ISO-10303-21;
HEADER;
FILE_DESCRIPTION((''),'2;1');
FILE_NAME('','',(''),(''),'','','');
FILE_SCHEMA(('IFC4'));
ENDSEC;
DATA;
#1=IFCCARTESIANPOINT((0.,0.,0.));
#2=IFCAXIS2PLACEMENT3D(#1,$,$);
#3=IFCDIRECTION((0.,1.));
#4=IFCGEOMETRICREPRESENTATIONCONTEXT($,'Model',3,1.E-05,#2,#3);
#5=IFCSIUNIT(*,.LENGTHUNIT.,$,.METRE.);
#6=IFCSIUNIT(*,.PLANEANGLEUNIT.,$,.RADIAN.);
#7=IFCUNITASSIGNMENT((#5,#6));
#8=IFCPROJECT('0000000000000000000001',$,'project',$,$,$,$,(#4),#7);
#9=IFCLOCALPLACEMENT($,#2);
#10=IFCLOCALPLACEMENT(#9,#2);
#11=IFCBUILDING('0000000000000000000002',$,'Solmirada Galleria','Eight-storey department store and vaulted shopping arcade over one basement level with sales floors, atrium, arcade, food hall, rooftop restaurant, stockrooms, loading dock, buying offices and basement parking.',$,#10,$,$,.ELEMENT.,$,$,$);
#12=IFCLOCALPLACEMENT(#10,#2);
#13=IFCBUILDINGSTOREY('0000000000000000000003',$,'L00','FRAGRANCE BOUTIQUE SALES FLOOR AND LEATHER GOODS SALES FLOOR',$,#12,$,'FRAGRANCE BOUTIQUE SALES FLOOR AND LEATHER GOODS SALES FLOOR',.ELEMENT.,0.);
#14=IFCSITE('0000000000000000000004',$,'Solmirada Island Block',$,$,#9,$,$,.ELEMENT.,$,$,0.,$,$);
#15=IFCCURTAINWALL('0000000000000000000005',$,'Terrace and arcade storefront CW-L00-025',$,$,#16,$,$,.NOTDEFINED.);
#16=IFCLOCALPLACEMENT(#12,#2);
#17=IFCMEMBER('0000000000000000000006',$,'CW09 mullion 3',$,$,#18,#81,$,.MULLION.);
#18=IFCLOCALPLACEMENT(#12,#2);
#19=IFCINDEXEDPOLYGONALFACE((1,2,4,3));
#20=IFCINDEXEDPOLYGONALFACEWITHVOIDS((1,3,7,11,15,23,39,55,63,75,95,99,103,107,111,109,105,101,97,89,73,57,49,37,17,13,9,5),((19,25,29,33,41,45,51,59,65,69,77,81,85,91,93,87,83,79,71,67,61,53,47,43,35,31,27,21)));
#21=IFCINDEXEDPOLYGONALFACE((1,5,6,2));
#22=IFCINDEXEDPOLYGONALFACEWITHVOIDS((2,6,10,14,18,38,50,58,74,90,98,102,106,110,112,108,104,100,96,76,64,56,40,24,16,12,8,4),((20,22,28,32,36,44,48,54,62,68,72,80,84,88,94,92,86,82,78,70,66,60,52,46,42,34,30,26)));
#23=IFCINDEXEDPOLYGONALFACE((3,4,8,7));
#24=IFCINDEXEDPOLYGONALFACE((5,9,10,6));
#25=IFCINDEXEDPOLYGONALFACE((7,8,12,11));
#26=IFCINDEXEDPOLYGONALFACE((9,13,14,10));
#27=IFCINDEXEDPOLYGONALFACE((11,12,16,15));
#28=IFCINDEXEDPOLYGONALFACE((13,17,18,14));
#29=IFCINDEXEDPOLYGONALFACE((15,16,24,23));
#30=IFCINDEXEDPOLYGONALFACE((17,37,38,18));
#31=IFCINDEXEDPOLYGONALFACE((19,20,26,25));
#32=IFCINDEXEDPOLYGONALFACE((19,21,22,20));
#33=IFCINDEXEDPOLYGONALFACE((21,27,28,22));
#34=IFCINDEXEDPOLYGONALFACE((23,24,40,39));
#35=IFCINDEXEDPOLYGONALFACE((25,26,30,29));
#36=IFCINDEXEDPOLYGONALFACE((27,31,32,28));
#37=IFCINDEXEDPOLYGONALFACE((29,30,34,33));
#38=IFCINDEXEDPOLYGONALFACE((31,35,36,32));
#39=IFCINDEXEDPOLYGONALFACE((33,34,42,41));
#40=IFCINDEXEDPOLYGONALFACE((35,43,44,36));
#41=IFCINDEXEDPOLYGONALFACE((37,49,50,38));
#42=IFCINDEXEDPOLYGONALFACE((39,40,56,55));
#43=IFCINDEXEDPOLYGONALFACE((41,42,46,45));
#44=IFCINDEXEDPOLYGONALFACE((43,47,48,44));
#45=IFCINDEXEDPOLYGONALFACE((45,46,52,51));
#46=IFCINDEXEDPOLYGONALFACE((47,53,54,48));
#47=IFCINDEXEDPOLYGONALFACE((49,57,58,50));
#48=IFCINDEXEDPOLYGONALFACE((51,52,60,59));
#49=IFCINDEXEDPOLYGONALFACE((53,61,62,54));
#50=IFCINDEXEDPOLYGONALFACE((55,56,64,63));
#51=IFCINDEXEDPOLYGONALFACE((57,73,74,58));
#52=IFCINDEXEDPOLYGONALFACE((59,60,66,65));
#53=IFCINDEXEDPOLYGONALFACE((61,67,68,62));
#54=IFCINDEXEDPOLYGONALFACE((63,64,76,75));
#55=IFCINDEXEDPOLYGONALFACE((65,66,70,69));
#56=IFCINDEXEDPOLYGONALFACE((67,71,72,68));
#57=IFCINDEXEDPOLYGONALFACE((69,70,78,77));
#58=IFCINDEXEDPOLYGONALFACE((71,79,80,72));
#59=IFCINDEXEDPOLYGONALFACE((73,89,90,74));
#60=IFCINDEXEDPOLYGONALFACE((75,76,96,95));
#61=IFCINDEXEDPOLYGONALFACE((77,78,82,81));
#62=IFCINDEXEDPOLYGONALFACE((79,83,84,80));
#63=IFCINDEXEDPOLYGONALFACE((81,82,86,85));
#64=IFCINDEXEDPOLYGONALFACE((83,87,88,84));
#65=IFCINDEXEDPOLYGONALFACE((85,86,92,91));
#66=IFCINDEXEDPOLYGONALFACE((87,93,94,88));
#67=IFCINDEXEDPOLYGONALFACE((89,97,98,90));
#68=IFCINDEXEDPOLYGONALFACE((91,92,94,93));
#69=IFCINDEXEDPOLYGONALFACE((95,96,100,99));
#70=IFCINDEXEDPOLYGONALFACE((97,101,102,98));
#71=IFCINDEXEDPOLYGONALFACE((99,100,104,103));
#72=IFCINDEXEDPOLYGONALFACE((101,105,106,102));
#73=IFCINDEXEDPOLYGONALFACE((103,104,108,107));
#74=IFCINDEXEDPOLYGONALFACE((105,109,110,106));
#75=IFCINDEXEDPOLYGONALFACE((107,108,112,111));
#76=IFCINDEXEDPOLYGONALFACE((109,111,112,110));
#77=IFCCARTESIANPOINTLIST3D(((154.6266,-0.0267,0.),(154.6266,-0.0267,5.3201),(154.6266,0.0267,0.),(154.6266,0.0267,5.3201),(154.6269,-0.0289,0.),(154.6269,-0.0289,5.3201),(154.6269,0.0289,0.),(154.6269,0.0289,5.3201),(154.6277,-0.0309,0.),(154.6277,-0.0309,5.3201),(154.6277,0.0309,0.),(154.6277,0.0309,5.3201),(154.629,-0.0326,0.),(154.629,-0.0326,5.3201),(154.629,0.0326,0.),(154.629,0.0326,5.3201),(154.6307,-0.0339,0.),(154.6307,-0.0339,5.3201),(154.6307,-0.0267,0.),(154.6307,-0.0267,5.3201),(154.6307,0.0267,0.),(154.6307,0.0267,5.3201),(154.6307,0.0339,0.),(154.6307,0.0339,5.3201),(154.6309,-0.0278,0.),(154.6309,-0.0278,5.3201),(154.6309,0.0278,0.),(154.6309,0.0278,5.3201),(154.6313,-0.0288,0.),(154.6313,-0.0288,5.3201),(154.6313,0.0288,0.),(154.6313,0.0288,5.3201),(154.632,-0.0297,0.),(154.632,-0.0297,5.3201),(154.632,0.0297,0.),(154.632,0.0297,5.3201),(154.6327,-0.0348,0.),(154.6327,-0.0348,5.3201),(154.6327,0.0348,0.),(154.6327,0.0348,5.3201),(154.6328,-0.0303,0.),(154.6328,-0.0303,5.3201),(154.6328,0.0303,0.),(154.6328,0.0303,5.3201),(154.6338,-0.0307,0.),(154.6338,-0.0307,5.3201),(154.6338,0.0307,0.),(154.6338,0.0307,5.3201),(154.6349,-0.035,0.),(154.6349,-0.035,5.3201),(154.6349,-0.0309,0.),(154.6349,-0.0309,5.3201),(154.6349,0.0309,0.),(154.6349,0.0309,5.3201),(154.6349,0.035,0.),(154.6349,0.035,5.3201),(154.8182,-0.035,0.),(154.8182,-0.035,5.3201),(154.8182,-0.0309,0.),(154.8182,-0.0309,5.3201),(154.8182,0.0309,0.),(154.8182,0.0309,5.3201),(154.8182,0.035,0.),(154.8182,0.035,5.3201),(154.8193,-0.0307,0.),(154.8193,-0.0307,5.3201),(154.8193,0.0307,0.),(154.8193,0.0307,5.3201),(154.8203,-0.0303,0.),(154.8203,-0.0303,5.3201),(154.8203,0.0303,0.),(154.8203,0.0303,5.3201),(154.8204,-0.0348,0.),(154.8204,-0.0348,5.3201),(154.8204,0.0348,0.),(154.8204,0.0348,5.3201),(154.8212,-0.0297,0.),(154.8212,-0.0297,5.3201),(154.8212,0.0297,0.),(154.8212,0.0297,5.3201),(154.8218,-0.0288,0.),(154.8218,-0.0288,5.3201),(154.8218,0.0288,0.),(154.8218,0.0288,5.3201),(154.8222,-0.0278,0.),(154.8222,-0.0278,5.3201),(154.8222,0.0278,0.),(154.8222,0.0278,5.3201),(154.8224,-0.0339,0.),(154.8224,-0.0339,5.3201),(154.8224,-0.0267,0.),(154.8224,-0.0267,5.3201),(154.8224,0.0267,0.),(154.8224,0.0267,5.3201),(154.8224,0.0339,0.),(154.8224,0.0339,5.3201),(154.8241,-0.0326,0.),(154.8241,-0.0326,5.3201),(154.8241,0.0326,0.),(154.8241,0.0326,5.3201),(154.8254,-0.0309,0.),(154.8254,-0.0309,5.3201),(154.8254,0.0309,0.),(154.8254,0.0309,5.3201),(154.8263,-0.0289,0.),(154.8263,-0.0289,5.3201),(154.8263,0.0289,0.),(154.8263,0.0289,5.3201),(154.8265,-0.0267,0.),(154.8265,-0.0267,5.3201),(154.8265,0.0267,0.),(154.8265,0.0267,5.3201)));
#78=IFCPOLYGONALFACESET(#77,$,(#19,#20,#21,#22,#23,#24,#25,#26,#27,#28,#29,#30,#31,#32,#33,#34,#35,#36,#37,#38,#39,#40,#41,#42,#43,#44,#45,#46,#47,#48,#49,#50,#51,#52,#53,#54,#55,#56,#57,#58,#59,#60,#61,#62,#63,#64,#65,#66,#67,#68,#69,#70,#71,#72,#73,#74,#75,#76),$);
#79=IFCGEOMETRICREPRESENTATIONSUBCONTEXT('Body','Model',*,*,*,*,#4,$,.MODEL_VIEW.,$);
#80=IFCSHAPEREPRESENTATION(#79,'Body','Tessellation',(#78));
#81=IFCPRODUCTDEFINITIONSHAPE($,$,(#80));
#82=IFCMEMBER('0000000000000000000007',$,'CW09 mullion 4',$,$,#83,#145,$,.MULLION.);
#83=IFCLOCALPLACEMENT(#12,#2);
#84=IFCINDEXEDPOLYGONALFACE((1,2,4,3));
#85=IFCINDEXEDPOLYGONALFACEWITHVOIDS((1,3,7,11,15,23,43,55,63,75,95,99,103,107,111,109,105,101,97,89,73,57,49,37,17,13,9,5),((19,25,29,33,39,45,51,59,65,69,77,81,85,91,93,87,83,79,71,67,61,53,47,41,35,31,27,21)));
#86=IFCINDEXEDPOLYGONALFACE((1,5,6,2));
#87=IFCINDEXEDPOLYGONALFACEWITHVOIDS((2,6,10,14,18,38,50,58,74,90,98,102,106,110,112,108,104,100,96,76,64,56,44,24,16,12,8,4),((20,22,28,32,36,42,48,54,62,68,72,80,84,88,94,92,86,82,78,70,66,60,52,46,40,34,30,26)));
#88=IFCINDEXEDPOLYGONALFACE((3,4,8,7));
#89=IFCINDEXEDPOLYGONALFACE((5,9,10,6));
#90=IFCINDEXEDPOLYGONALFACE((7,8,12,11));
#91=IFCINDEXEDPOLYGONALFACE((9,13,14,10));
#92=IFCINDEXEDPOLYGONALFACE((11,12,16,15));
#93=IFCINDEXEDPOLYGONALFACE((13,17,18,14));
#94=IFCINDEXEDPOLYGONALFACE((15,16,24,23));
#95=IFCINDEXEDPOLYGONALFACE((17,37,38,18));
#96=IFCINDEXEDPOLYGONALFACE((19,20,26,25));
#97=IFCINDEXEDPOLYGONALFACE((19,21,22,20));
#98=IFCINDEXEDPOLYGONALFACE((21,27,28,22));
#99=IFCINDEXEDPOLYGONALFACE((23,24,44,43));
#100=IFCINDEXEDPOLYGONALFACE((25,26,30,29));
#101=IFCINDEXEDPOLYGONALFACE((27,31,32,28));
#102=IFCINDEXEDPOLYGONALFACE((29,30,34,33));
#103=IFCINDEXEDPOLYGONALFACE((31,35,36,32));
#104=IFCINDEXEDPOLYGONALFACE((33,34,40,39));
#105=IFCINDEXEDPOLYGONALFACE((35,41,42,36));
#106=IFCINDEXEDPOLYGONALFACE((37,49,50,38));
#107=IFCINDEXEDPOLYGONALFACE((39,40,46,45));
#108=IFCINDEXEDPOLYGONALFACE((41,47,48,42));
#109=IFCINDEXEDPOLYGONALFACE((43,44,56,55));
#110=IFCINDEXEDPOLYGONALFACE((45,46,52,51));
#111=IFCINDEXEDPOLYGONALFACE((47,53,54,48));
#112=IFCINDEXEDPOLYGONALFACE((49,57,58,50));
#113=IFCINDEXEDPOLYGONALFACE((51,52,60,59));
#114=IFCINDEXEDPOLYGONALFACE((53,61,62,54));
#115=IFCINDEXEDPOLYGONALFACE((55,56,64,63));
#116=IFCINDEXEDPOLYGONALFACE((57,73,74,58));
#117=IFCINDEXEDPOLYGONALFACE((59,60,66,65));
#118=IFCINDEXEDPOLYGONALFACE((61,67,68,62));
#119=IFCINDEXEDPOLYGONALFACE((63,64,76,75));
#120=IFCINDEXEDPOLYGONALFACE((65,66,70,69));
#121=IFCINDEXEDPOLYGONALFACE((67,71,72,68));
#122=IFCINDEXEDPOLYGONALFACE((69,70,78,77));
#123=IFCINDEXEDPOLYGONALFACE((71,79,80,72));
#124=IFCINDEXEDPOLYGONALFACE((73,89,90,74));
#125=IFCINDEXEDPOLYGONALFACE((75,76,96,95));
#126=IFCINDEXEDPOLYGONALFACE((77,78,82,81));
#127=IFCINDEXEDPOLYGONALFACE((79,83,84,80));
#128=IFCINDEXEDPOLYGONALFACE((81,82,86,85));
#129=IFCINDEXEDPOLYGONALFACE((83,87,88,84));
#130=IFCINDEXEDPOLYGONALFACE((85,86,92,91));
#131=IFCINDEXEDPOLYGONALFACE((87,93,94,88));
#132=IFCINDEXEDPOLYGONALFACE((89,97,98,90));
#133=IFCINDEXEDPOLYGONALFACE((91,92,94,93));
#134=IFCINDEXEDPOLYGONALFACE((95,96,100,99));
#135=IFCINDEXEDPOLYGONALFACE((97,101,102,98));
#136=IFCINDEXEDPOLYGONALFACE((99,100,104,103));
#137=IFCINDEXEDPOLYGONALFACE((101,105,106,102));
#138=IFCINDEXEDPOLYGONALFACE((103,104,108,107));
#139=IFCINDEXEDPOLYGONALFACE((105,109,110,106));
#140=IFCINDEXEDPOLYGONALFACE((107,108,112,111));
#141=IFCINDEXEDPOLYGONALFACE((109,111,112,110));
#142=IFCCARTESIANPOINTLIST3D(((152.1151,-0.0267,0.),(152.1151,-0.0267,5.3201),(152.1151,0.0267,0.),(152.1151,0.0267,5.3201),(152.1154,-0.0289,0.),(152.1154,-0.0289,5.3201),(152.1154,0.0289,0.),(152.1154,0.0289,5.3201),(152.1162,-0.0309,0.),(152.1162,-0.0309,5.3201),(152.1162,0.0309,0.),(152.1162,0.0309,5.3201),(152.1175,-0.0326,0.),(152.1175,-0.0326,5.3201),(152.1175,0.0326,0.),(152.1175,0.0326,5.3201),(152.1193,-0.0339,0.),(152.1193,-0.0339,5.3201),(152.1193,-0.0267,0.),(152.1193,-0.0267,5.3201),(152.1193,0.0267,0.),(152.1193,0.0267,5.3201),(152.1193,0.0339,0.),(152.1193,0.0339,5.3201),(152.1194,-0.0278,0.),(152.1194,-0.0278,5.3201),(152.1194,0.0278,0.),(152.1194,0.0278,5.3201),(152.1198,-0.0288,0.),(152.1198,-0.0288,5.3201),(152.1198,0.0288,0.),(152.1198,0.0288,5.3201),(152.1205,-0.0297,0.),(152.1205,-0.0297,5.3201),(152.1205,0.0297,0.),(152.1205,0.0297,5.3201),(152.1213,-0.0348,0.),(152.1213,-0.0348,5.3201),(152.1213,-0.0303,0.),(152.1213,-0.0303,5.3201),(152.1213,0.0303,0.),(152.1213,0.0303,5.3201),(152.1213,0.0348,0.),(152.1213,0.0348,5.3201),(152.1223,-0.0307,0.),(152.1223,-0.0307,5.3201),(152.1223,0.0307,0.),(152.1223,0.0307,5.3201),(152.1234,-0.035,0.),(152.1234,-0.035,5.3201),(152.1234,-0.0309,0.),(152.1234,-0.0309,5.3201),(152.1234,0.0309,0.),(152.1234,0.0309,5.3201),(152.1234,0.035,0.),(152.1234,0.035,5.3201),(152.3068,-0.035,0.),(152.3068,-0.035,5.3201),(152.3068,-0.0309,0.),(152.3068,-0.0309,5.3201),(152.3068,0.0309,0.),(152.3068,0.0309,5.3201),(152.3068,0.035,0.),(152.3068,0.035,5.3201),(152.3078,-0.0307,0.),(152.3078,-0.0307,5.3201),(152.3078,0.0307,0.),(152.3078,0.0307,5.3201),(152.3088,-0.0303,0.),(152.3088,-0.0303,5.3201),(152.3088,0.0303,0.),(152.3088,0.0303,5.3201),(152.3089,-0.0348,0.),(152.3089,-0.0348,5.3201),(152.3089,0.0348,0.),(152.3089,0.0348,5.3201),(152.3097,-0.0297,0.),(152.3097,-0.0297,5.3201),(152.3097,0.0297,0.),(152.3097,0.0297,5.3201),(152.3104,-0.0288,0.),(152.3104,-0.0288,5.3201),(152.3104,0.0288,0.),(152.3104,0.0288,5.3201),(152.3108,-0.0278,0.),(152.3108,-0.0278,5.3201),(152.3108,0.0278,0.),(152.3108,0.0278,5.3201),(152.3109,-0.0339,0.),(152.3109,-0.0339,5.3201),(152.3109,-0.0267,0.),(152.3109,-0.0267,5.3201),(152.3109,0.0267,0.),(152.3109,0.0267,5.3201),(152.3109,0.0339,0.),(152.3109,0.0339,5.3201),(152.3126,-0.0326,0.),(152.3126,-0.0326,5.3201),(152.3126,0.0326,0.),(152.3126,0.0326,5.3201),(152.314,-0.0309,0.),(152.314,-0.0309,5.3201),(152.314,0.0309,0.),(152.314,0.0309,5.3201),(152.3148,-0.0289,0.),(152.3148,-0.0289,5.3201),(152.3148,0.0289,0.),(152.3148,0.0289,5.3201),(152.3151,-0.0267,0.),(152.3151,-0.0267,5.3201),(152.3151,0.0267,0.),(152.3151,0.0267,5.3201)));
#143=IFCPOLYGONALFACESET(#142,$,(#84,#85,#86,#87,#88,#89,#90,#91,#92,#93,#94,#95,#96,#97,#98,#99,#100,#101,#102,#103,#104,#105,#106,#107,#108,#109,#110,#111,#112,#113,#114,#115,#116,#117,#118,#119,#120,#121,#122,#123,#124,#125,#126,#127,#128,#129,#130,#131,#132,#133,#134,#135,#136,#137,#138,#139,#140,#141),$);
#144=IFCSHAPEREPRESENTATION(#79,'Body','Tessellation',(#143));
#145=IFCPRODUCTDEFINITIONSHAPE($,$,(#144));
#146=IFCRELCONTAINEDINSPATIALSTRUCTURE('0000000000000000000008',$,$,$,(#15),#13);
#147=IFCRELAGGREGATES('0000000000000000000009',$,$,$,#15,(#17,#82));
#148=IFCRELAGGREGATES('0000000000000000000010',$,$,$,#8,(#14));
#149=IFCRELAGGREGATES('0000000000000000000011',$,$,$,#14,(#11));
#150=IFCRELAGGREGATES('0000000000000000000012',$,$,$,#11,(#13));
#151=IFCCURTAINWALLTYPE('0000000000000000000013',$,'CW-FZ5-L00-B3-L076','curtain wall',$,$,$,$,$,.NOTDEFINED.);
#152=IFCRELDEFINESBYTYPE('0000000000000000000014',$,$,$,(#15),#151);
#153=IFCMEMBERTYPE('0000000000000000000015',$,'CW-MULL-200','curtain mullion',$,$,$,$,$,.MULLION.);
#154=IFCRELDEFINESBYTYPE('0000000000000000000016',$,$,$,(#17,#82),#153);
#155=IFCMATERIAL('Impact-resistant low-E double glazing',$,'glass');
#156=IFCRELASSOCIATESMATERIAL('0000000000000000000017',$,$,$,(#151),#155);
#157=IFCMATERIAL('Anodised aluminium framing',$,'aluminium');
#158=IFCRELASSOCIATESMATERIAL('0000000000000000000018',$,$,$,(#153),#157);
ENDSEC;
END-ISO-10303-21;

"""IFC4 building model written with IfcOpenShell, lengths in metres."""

from ifc_helpers import new_model, si_unit, direction, frame, origin, origin_2d, place, context, subcontext, project, spatial, hollow_rectangle, extrude, material, material_profile, profile_set, type_object, element, aggregate, save


model = new_model("IFC4")

# Units and contexts
model_context = context("Model", 3, precision=1e-05, world=origin(), true_north=direction((0.0, 1.0)))
body_context = subcontext(model_context, "Body", "Model", "MODEL_VIEW")
ifc_project = project(units=[si_unit("LENGTHUNIT", "METRE"), si_unit("PLANEANGLEUNIT", "RADIAN")], contexts=[model_context])

# Site, building, storey
site_placement = place(None, origin())
site = spatial("IfcSite", under=ifc_project, at=site_placement, Name="Solmirada Island Block", CompositionType="ELEMENT", RefElevation=0.0)
building_placement = place(site_placement, origin())
building = spatial("IfcBuilding", under=site, at=building_placement, Name="Solmirada Galleria", Description="Eight-storey department store and vaulted shopping arcade over one basement level with sales floors, atrium, arcade, food hall, rooftop restaurant, stockrooms, loading dock, buying offices and basement parking.", CompositionType="ELEMENT")
storey_placement = place(building_placement, origin())
storey = spatial("IfcBuildingStorey", under=building, at=storey_placement, Name="L00", Description="FRAGRANCE BOUTIQUE SALES FLOOR AND LEATHER GOODS SALES FLOOR", LongName="FRAGRANCE BOUTIQUE SALES FLOOR AND LEATHER GOODS SALES FLOOR", CompositionType="ELEMENT", Elevation=0.0)

# Curtain wall, members
ifc_material_1 = material(Name="Impact-resistant low-E double glazing", Category="glass")
curtain_wall_type = type_object("IfcCurtainWallType", Name="CW-FZ5-L00-B3-L076", Description="curtain wall", PredefinedType="NOTDEFINED", material=ifc_material_1)
curtain_wall_placement = place(storey_placement, origin())
curtain_wall = element("IfcCurtainWall", 1, at=curtain_wall_placement, inside=storey, type_object=curtain_wall_type, Name="Terrace and arcade storefront CW-L00-025", PredefinedType="NOTDEFINED")
ifc_material_2 = material(Name="Anodised aluminium framing", Category="aluminium")
ifc_material_profile_1 = material_profile(ifc_material_2, hollow_rectangle(XDim=0.0701, YDim=0.2, WallThickness=0.0042, InnerFilletRadius=0.0042, OuterFilletRadius=0.0083, at=origin_2d()), Name="ALU-MULL-200X70")
ifc_profile_set_1 = profile_set([ifc_material_profile_1], Name="Anodised aluminium framing")
member_type_1 = type_object("IfcMemberType", Name="CW-MULL-200", Description="curtain mullion", PredefinedType="MULLION", material=ifc_profile_set_1)
member_1_placement = place(storey_placement, frame((154.7266, 0.0, 0.0), z_axis=(0.0, 0.0, 1.0), x_axis=(0.0, -1.0, 0.0)))
member_1 = element("IfcMember", 2, at=member_1_placement, type_object=member_type_1, Name="CW09 mullion 3", PredefinedType="MULLION", context=body_context, shape_type="SweptSolid", body=[
    extrude(hollow_rectangle(XDim=0.0701, YDim=0.2, WallThickness=0.0042, InnerFilletRadius=0.0042, OuterFilletRadius=0.0083, at=origin_2d()), origin(), (0.0, 0.0, 1.0), 5.3201),
])
member_2_placement = place(storey_placement, frame((152.2151, 0.0, 0.0), z_axis=(0.0, 0.0, 1.0), x_axis=(0.0, -1.0, 0.0)))
member_2 = element("IfcMember", 3, at=member_2_placement, type_object=member_type_1, Name="CW09 mullion 4", PredefinedType="MULLION", context=body_context, shape_type="SweptSolid", body=[
    extrude(hollow_rectangle(XDim=0.0701, YDim=0.2, WallThickness=0.0042, InnerFilletRadius=0.0042, OuterFilletRadius=0.0083, at=origin_2d()), origin(), (0.0, 0.0, 1.0), 5.3201),
])
aggregate(curtain_wall, [member_1, member_2])

save(model, "model.ifc")
